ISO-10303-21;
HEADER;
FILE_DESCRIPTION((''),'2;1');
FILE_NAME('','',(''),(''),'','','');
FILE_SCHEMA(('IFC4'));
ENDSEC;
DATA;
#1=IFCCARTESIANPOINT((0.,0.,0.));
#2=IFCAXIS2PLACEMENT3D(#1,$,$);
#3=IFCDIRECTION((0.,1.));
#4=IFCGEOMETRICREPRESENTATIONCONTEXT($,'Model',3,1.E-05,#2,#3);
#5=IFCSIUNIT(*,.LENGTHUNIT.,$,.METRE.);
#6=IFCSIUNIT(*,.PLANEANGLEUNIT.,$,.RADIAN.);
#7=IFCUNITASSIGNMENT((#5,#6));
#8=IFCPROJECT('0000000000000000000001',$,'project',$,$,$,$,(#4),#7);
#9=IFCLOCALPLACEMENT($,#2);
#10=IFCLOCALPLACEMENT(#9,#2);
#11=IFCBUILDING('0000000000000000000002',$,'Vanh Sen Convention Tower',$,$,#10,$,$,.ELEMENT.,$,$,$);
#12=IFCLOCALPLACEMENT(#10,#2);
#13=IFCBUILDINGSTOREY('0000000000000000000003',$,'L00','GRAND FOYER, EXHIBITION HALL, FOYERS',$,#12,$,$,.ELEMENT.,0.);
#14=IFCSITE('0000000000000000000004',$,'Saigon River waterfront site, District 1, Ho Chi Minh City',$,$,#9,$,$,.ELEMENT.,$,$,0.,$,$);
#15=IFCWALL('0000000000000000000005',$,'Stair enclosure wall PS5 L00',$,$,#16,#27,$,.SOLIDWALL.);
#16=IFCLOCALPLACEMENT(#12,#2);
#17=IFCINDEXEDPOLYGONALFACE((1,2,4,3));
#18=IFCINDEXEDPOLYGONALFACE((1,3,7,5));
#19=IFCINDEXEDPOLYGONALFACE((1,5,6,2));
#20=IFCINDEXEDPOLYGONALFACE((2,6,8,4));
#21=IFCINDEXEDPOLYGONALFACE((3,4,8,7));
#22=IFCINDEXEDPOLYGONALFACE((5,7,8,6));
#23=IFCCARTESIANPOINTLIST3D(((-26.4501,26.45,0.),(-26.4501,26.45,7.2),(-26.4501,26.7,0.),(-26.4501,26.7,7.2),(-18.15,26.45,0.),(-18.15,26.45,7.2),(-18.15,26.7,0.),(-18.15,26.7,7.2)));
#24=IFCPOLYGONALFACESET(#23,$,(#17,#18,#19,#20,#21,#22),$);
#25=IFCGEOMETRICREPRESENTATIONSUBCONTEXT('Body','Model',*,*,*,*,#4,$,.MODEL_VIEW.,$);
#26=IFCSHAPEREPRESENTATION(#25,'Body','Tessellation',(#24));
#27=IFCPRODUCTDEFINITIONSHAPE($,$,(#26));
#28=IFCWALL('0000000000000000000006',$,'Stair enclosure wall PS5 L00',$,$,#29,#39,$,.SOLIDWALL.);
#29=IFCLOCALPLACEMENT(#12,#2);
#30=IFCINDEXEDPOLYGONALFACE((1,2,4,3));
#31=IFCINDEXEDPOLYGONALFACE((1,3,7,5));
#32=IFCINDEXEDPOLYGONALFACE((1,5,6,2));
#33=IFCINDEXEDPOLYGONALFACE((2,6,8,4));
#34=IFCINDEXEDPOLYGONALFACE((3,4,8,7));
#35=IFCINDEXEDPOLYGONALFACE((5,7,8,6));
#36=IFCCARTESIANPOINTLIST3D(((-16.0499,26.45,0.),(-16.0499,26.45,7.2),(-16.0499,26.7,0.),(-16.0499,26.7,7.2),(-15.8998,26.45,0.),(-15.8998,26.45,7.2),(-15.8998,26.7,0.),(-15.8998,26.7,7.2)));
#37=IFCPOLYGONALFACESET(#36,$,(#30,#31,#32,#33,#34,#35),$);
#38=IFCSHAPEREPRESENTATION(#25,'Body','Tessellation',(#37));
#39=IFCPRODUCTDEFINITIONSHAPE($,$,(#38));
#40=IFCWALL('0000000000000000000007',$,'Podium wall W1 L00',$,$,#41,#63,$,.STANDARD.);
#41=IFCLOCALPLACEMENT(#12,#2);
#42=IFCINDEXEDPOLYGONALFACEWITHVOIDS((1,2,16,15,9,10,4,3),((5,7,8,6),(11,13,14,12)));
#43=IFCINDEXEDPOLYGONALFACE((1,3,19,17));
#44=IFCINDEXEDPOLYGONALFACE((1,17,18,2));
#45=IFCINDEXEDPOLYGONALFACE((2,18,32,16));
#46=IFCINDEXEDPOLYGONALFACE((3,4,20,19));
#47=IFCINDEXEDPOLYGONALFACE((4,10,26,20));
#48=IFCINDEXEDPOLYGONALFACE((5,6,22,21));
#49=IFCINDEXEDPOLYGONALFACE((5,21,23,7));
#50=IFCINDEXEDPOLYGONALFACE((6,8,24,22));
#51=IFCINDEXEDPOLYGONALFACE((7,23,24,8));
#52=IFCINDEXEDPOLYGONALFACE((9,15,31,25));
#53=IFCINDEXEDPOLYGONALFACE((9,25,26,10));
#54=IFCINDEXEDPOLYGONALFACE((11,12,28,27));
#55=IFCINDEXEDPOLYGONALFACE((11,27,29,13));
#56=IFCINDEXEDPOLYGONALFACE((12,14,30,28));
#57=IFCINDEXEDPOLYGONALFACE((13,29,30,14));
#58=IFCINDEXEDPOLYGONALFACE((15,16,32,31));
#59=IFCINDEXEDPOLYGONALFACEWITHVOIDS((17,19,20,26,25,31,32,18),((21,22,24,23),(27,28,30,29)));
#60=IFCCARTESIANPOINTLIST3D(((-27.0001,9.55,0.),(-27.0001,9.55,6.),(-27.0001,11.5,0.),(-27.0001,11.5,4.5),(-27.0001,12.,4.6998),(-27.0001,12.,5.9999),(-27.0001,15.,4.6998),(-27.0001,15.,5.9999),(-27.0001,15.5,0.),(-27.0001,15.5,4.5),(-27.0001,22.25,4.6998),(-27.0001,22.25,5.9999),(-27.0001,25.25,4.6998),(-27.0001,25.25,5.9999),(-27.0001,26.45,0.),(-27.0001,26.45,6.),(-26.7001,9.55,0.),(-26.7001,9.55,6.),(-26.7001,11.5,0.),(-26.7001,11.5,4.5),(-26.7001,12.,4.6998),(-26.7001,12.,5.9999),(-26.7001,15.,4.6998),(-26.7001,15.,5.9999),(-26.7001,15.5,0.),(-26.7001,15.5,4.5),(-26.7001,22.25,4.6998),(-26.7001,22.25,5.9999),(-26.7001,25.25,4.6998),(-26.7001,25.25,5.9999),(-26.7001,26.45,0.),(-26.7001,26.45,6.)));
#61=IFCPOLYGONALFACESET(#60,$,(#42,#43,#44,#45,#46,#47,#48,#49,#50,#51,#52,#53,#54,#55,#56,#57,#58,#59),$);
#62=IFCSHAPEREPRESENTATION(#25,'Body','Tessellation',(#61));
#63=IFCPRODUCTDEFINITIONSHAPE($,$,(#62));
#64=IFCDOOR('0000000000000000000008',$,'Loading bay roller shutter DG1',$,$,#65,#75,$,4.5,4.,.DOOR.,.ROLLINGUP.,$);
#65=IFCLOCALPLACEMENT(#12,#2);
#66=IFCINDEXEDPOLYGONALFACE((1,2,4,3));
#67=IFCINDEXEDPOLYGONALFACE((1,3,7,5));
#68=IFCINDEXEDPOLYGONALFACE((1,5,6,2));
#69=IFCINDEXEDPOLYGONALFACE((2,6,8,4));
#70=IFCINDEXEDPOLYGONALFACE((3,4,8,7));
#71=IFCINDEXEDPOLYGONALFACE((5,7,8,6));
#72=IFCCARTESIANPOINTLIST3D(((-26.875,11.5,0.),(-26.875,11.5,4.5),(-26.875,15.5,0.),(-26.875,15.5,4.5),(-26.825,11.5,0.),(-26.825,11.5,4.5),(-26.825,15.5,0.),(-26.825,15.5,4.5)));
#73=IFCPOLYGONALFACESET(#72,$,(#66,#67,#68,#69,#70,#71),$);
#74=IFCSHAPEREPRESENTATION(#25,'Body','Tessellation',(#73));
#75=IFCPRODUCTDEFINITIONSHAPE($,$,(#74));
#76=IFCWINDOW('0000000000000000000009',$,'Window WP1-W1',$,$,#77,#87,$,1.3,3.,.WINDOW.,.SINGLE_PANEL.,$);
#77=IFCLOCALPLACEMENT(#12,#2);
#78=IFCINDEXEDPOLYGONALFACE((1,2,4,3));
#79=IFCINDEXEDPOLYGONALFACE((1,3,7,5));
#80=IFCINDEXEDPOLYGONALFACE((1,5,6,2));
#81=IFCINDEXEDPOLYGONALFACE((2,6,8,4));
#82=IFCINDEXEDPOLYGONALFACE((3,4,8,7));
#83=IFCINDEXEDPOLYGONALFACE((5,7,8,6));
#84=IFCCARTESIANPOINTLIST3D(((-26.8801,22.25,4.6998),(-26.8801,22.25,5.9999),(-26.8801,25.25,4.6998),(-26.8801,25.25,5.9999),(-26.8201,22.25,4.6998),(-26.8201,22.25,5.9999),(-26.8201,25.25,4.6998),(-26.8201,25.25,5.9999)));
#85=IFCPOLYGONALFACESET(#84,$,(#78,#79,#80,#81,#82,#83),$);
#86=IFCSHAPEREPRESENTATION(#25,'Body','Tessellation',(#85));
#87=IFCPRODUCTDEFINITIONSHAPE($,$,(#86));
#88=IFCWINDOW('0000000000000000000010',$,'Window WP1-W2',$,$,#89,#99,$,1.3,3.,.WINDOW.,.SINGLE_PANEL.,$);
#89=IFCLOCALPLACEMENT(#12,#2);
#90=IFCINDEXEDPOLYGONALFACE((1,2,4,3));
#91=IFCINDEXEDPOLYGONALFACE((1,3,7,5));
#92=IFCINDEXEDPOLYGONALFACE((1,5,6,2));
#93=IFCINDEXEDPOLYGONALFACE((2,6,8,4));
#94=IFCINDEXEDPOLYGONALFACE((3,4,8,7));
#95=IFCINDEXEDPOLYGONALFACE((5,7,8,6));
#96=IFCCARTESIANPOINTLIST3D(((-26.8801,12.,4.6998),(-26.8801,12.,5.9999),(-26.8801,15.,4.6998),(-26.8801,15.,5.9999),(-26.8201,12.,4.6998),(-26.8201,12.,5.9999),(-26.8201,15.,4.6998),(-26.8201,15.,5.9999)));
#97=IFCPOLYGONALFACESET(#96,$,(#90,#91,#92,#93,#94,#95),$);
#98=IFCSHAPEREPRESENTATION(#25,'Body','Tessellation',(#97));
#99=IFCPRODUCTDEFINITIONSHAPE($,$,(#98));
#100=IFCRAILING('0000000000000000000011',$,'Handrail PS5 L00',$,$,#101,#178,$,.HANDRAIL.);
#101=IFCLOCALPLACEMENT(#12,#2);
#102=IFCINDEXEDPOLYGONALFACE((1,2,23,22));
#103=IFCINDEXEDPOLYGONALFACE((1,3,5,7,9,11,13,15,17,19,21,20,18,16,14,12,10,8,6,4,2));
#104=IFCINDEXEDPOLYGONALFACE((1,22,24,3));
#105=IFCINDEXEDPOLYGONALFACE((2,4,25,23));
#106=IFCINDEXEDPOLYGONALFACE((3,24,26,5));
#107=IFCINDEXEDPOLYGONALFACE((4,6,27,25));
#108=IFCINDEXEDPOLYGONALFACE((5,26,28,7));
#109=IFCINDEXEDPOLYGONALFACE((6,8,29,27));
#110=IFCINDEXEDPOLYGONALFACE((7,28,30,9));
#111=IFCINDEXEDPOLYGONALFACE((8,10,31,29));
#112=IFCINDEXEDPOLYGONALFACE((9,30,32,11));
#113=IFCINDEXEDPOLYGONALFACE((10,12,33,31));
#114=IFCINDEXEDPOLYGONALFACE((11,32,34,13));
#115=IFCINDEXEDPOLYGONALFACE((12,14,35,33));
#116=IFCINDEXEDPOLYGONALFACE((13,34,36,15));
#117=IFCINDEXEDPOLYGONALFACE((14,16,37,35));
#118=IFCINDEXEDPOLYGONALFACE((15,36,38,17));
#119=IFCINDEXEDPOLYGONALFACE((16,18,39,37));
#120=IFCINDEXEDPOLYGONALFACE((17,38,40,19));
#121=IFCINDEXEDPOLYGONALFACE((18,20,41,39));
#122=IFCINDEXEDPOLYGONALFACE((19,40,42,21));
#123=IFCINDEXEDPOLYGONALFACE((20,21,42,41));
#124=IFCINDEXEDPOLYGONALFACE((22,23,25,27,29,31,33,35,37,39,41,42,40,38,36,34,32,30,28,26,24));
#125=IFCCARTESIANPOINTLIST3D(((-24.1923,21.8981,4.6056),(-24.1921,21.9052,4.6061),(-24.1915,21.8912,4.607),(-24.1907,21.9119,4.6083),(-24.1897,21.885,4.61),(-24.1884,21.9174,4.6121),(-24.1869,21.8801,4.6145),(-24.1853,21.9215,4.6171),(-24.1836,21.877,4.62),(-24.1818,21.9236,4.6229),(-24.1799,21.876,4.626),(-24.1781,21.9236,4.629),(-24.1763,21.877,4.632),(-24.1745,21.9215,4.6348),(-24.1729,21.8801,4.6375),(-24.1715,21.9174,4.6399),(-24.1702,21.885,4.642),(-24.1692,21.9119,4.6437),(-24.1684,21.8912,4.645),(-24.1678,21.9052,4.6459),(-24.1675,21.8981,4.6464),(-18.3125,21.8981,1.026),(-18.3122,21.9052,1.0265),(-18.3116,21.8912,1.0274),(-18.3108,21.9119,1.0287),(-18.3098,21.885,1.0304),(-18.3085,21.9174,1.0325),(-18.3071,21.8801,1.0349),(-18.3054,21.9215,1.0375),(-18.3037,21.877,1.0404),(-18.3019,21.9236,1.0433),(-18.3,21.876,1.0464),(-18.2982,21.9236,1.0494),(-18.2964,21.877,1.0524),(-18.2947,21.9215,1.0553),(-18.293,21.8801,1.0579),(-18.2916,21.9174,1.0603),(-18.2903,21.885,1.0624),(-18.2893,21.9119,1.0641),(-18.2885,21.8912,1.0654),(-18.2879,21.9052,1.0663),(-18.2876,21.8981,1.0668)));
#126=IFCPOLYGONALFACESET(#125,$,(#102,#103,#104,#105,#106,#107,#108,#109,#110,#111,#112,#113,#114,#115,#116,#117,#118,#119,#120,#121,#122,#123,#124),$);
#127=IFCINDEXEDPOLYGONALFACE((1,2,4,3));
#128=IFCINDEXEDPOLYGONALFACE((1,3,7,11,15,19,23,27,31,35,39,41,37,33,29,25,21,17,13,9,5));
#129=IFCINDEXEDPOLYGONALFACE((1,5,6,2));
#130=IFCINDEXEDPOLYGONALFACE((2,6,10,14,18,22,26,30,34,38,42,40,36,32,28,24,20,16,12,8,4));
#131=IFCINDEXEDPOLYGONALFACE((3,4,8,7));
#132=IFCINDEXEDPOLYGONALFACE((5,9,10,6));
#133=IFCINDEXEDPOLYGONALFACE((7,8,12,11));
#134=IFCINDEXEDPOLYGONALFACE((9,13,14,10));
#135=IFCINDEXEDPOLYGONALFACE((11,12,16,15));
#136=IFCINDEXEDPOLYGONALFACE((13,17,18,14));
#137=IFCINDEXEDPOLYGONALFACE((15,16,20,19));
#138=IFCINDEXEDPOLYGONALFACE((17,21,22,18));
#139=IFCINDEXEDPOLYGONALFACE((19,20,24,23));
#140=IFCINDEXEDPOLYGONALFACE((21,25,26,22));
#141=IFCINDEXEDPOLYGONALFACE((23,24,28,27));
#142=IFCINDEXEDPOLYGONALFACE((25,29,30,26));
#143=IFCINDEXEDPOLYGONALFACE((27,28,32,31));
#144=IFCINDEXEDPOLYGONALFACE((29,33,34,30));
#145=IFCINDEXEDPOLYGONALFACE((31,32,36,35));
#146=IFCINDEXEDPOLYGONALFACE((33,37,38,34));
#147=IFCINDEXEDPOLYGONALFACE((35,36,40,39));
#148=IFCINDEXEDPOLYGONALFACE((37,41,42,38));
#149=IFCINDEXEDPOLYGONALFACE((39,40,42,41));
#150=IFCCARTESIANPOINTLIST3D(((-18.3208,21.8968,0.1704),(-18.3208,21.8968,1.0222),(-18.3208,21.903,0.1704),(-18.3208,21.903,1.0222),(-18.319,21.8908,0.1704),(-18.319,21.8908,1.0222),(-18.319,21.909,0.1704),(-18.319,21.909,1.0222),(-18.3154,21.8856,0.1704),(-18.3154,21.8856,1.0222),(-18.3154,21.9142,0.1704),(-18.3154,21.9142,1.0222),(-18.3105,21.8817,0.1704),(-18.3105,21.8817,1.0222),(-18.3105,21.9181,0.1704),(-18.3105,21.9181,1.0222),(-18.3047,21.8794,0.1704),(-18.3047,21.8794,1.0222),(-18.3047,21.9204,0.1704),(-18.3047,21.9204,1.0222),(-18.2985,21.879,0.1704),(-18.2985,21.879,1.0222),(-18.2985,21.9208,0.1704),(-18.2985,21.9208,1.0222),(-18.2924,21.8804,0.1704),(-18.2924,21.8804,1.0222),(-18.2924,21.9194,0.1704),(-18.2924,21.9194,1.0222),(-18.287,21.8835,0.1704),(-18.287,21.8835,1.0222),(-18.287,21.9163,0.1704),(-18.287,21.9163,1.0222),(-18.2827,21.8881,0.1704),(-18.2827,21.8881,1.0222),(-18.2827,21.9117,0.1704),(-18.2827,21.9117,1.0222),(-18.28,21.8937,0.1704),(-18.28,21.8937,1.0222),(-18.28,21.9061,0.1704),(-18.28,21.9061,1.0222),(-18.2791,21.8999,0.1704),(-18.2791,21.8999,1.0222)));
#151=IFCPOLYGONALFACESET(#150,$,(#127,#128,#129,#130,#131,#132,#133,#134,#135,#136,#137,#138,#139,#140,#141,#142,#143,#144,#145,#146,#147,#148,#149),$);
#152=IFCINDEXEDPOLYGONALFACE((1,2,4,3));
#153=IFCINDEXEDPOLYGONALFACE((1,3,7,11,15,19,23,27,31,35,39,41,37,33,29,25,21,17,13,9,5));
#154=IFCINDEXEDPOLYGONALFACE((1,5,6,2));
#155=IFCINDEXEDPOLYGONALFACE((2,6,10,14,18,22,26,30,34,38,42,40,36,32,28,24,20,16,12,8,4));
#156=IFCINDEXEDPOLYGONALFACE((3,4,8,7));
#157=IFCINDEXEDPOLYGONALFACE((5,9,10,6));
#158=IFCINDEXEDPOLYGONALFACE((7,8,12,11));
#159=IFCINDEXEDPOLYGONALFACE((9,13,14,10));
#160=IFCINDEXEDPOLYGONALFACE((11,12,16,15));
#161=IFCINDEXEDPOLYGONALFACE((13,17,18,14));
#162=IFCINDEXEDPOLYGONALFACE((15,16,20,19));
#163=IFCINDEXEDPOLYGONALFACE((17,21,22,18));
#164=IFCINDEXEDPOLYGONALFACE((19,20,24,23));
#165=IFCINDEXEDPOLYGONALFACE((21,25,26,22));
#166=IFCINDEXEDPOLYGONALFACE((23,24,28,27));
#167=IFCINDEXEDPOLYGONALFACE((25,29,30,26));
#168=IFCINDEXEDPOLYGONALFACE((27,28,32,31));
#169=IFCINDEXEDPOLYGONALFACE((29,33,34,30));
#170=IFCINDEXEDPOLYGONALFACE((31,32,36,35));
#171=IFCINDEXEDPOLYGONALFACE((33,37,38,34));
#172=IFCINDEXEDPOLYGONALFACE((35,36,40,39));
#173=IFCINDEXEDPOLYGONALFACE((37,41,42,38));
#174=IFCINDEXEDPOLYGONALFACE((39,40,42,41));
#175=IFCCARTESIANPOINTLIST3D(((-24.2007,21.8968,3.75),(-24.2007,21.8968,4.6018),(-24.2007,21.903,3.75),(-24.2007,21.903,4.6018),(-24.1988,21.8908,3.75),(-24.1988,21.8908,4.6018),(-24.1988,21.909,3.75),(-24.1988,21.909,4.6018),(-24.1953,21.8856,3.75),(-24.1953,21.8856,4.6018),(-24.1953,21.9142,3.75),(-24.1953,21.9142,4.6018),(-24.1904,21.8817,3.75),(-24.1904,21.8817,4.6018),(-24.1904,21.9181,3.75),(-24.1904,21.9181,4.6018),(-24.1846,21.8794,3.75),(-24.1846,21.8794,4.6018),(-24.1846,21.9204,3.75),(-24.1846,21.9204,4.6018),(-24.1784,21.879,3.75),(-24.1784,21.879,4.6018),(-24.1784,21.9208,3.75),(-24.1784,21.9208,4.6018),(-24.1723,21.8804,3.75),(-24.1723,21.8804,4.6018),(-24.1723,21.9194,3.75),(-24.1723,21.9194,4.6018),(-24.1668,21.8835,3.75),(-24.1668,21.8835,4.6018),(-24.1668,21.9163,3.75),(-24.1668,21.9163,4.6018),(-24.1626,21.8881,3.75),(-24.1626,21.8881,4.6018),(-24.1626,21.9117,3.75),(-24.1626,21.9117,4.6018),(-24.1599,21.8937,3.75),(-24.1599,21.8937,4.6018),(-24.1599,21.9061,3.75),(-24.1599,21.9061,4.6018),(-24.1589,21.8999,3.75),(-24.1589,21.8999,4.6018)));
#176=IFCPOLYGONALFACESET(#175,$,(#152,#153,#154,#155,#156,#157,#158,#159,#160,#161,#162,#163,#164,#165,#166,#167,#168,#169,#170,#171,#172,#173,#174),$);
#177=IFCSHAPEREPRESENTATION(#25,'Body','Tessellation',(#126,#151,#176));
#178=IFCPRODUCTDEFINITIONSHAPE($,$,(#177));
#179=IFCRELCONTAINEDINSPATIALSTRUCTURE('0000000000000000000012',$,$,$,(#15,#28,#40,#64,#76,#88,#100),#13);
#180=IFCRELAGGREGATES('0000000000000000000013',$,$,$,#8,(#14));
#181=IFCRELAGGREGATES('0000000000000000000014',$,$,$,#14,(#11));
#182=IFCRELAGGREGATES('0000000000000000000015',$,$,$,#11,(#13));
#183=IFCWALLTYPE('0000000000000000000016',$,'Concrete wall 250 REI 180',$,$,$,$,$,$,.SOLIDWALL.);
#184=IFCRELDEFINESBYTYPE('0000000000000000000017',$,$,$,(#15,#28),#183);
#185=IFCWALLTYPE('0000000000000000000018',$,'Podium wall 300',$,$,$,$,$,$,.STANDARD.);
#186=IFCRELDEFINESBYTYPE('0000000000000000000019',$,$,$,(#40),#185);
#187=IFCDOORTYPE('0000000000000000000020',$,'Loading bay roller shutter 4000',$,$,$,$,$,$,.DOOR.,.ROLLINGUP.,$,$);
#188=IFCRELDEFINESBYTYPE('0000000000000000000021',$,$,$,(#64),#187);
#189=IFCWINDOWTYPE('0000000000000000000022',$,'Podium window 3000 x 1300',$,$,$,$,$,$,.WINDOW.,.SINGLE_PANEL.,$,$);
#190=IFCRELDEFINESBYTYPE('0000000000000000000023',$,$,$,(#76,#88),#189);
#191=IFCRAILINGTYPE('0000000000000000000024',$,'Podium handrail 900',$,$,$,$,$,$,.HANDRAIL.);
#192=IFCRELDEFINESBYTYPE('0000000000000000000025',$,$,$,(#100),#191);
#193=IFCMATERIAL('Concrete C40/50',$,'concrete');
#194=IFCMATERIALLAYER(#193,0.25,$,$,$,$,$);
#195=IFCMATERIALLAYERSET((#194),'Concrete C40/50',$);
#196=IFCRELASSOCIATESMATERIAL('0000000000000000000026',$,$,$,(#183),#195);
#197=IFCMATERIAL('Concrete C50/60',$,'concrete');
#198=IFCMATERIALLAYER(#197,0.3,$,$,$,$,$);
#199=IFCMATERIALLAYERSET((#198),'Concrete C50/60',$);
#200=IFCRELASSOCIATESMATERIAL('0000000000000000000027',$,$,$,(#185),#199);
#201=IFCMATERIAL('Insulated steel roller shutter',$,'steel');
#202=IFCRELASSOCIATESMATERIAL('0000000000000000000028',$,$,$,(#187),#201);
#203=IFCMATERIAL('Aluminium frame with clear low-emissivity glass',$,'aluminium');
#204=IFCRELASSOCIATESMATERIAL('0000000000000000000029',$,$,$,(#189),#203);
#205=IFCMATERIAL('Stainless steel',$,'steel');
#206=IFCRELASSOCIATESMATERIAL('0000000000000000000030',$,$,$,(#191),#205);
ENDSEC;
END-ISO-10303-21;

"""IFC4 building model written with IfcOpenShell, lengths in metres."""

from ifc_helpers import new_model, si_unit, direction, frame, frame_2d, origin, origin_2d, place, context, subcontext, project, spatial, rectangle, circle, extrude, material, layer, layer_set, type_object, element, fill, save


model = new_model("IFC4")

# Units and contexts
model_context = context("Model", 3, precision=1e-05, world=origin(), true_north=direction((0.0, 1.0)))
body_context = subcontext(model_context, "Body", "Model", "MODEL_VIEW")
ifc_project = project(units=[si_unit("LENGTHUNIT", "METRE"), si_unit("PLANEANGLEUNIT", "RADIAN")], contexts=[model_context])

# Site, building, storey
site_placement = place(None, origin())
site = spatial("IfcSite", under=ifc_project, at=site_placement, Name="Saigon River waterfront site, District 1, Ho Chi Minh City", CompositionType="ELEMENT", RefElevation=0.0)
building_placement = place(site_placement, origin())
building = spatial("IfcBuilding", under=site, at=building_placement, Name="Vanh Sen Convention Tower", CompositionType="ELEMENT")
storey_placement = place(building_placement, origin())
storey = spatial("IfcBuildingStorey", under=building, at=storey_placement, Name="L00", Description="GRAND FOYER, EXHIBITION HALL, FOYERS", CompositionType="ELEMENT", Elevation=0.0)

# Shared definitions
ifc_material_1 = material(Name="Concrete C40/50", Category="concrete")

# Walls
ifc_layer_1 = layer(ifc_material_1, 0.25)
ifc_layer_set_1 = layer_set([ifc_layer_1], Name="Concrete C40/50")
wall_type_1 = type_object("IfcWallType", Name="Concrete wall 250 REI 180", PredefinedType="SOLIDWALL", material=ifc_layer_set_1)
wall_1_placement = place(storey_placement, frame((-26.45, 26.575, 0.0), z_axis=(0.0, 0.0, 1.0), x_axis=(1.0, 0.0, 0.0)))
element("IfcWall", 1, at=wall_1_placement, inside=storey, type_object=wall_type_1, Name="Stair enclosure wall PS5 L00", PredefinedType="SOLIDWALL", context=body_context, shape_type="SweptSolid", body=[
    extrude(rectangle(XDim=8.3, YDim=0.25, at=frame_2d((4.1499, 0.0))), origin(), (0.0, 0.0, 1.0), 7.2),
])
wall_2_placement = place(storey_placement, frame((-16.05, 26.575, 0.0), z_axis=(0.0, 0.0, 1.0), x_axis=(1.0, 0.0, 0.0)))
element("IfcWall", 2, at=wall_2_placement, inside=storey, type_object=wall_type_1, Name="Stair enclosure wall PS5 L00", PredefinedType="SOLIDWALL", context=body_context, shape_type="SweptSolid", body=[
    extrude(rectangle(XDim=0.1501, YDim=0.25, at=frame_2d((0.0752, 0.0))), origin(), (0.0, 0.0, 1.0), 7.2),
])

# Wall, openings, door, windows
ifc_material_2 = material(Name="Concrete C50/60", Category="concrete")
ifc_layer_2 = layer(ifc_material_2, 0.3)
ifc_layer_set_2 = layer_set([ifc_layer_2], Name="Concrete C50/60")
wall_type_2 = type_object("IfcWallType", Name="Podium wall 300", PredefinedType="STANDARD", material=ifc_layer_set_2)
wall_3_placement = place(storey_placement, frame((-26.8501, 26.45, 0.0), z_axis=(0.0, 0.0, 1.0), x_axis=(0.0, -1.0, 0.0)))
wall_3 = element("IfcWall", 3, at=wall_3_placement, inside=storey, type_object=wall_type_2, Name="Podium wall W1 L00", PredefinedType="STANDARD", context=body_context, shape_type="SweptSolid", body=[
    extrude(rectangle(XDim=16.8999, YDim=0.3, at=frame_2d((8.45, 0.0))), origin(), (0.0, 0.0, 1.0), 6.0),
])
opening_1_placement = place(wall_3_placement, frame((1.2, 0.0, 4.7)))
opening_1 = element("IfcOpeningElement", 4, at=opening_1_placement, cuts=wall_3, PredefinedType="OPENING", context=body_context, shape_type="SweptSolid", body=[
    extrude(rectangle(XDim=3.0, YDim=1.3, at=frame_2d((1.5, 0.6499))), frame((0.0, 0.1599, 0.0), z_axis=(0.0, -1.0, 0.0), x_axis=(1.0, 0.0, 0.0)), (0.0, 0.0, 1.0), 0.3201),
])
opening_2_placement = place(wall_3_placement, frame((11.45, 0.0, 4.7)))
opening_2 = element("IfcOpeningElement", 5, at=opening_2_placement, cuts=wall_3, PredefinedType="OPENING", context=body_context, shape_type="SweptSolid", body=[
    extrude(rectangle(XDim=3.0, YDim=1.3, at=frame_2d((1.5, 0.6499))), frame((0.0, 0.1599, 0.0), z_axis=(0.0, -1.0, 0.0), x_axis=(1.0, 0.0, 0.0)), (0.0, 0.0, 1.0), 0.3201),
])
opening_3_placement = place(wall_3_placement, frame((10.95, 0.0, 0.0)))
opening_3 = element("IfcOpeningElement", 6, at=opening_3_placement, cuts=wall_3, PredefinedType="OPENING", context=body_context, shape_type="SweptSolid", body=[
    extrude(rectangle(XDim=4.0, YDim=4.5, at=frame_2d((2.0, 2.25))), frame((0.0, 0.1599, 0.0), z_axis=(0.0, -1.0, 0.0), x_axis=(1.0, 0.0, 0.0)), (0.0, 0.0, 1.0), 0.3201),
])
ifc_material_3 = material(Name="Insulated steel roller shutter", Category="steel")
door_type = type_object("IfcDoorType", Name="Loading bay roller shutter 4000", OperationType="ROLLINGUP", PredefinedType="DOOR", material=ifc_material_3)
door_placement = place(opening_3_placement, frame((4.0, 0.0, 0.0), z_axis=(0.0, 0.0, 1.0), x_axis=(-1.0, 0.0, 0.0)))
door = element("IfcDoor", 7, at=door_placement, inside=storey, type_object=door_type, Name="Loading bay roller shutter DG1", OperationType="ROLLINGUP", OverallHeight=4.5, OverallWidth=4.0, PredefinedType="DOOR", context=body_context, shape_type="SweptSolid", body=[
    extrude(rectangle(XDim=4.0, YDim=4.5, at=frame_2d((2.0, 2.25))), frame((0.0, 0.0249, 0.0), z_axis=(0.0, -1.0, 0.0), x_axis=(1.0, 0.0, 0.0)), (0.0, 0.0, 1.0), 0.05),
])
fill(opening_3, door)
ifc_material_4 = material(Name="Aluminium frame with clear low-emissivity glass", Category="aluminium")
window_type = type_object("IfcWindowType", Name="Podium window 3000 x 1300", PartitioningType="SINGLE_PANEL", PredefinedType="WINDOW", material=ifc_material_4)
window_1_placement = place(opening_1_placement, origin())
window_1 = element("IfcWindow", 8, at=window_1_placement, inside=storey, type_object=window_type, Name="Window WP1-W1", OverallHeight=1.3, OverallWidth=3.0, PartitioningType="SINGLE_PANEL", PredefinedType="WINDOW", context=body_context, shape_type="SweptSolid", body=[
    extrude(rectangle(XDim=3.0, YDim=1.3, at=frame_2d((1.5, 0.6499))), frame((0.0, 0.03, 0.0), z_axis=(0.0, -1.0, 0.0), x_axis=(1.0, 0.0, 0.0)), (0.0, 0.0, 1.0), 0.0601),
])
fill(opening_1, window_1)
window_2_placement = place(opening_2_placement, origin())
window_2 = element("IfcWindow", 9, at=window_2_placement, inside=storey, type_object=window_type, Name="Window WP1-W2", OverallHeight=1.3, OverallWidth=3.0, PartitioningType="SINGLE_PANEL", PredefinedType="WINDOW", context=body_context, shape_type="SweptSolid", body=[
    extrude(rectangle(XDim=3.0, YDim=1.3, at=frame_2d((1.5, 0.6499))), frame((0.0, 0.03, 0.0), z_axis=(0.0, -1.0, 0.0), x_axis=(1.0, 0.0, 0.0)), (0.0, 0.0, 1.0), 0.0601),
])
fill(opening_2, window_2)

# Railing
ifc_material_5 = material(Name="Stainless steel", Category="steel")
railing_type = type_object("IfcRailingType", Name="Podium handrail 900", PredefinedType="HANDRAIL", material=ifc_material_5)
for number, where, name in (
    (10, (-18.3, 21.8999, 0.1704), "Handrail PS5 L00"),
):
    element("IfcRailing", number, at=place(storey_placement, frame(where)), inside=storey, type_object=railing_type, Name=name, PredefinedType="HANDRAIL", context=body_context, shape_type="SweptSolid", body=[
        extrude(circle(Radius=0.0239, at=origin_2d()), frame((0.0, 0.0, 0.876), z_axis=(-0.854164, 0.0, 0.520003), x_axis=(0.0, -1.0, 0.0)), (0.0, 0.0, 1.0), 6.8838),
        extrude(circle(Radius=0.021, at=origin_2d()), origin(), (0.0, 0.0, 1.0), 0.8518),
        extrude(circle(Radius=0.021, at=origin_2d()), frame((-5.8799, 0.0, 3.5796)), (0.0, 0.0, 1.0), 0.8518),
    ])

save(model, "model.ifc")
